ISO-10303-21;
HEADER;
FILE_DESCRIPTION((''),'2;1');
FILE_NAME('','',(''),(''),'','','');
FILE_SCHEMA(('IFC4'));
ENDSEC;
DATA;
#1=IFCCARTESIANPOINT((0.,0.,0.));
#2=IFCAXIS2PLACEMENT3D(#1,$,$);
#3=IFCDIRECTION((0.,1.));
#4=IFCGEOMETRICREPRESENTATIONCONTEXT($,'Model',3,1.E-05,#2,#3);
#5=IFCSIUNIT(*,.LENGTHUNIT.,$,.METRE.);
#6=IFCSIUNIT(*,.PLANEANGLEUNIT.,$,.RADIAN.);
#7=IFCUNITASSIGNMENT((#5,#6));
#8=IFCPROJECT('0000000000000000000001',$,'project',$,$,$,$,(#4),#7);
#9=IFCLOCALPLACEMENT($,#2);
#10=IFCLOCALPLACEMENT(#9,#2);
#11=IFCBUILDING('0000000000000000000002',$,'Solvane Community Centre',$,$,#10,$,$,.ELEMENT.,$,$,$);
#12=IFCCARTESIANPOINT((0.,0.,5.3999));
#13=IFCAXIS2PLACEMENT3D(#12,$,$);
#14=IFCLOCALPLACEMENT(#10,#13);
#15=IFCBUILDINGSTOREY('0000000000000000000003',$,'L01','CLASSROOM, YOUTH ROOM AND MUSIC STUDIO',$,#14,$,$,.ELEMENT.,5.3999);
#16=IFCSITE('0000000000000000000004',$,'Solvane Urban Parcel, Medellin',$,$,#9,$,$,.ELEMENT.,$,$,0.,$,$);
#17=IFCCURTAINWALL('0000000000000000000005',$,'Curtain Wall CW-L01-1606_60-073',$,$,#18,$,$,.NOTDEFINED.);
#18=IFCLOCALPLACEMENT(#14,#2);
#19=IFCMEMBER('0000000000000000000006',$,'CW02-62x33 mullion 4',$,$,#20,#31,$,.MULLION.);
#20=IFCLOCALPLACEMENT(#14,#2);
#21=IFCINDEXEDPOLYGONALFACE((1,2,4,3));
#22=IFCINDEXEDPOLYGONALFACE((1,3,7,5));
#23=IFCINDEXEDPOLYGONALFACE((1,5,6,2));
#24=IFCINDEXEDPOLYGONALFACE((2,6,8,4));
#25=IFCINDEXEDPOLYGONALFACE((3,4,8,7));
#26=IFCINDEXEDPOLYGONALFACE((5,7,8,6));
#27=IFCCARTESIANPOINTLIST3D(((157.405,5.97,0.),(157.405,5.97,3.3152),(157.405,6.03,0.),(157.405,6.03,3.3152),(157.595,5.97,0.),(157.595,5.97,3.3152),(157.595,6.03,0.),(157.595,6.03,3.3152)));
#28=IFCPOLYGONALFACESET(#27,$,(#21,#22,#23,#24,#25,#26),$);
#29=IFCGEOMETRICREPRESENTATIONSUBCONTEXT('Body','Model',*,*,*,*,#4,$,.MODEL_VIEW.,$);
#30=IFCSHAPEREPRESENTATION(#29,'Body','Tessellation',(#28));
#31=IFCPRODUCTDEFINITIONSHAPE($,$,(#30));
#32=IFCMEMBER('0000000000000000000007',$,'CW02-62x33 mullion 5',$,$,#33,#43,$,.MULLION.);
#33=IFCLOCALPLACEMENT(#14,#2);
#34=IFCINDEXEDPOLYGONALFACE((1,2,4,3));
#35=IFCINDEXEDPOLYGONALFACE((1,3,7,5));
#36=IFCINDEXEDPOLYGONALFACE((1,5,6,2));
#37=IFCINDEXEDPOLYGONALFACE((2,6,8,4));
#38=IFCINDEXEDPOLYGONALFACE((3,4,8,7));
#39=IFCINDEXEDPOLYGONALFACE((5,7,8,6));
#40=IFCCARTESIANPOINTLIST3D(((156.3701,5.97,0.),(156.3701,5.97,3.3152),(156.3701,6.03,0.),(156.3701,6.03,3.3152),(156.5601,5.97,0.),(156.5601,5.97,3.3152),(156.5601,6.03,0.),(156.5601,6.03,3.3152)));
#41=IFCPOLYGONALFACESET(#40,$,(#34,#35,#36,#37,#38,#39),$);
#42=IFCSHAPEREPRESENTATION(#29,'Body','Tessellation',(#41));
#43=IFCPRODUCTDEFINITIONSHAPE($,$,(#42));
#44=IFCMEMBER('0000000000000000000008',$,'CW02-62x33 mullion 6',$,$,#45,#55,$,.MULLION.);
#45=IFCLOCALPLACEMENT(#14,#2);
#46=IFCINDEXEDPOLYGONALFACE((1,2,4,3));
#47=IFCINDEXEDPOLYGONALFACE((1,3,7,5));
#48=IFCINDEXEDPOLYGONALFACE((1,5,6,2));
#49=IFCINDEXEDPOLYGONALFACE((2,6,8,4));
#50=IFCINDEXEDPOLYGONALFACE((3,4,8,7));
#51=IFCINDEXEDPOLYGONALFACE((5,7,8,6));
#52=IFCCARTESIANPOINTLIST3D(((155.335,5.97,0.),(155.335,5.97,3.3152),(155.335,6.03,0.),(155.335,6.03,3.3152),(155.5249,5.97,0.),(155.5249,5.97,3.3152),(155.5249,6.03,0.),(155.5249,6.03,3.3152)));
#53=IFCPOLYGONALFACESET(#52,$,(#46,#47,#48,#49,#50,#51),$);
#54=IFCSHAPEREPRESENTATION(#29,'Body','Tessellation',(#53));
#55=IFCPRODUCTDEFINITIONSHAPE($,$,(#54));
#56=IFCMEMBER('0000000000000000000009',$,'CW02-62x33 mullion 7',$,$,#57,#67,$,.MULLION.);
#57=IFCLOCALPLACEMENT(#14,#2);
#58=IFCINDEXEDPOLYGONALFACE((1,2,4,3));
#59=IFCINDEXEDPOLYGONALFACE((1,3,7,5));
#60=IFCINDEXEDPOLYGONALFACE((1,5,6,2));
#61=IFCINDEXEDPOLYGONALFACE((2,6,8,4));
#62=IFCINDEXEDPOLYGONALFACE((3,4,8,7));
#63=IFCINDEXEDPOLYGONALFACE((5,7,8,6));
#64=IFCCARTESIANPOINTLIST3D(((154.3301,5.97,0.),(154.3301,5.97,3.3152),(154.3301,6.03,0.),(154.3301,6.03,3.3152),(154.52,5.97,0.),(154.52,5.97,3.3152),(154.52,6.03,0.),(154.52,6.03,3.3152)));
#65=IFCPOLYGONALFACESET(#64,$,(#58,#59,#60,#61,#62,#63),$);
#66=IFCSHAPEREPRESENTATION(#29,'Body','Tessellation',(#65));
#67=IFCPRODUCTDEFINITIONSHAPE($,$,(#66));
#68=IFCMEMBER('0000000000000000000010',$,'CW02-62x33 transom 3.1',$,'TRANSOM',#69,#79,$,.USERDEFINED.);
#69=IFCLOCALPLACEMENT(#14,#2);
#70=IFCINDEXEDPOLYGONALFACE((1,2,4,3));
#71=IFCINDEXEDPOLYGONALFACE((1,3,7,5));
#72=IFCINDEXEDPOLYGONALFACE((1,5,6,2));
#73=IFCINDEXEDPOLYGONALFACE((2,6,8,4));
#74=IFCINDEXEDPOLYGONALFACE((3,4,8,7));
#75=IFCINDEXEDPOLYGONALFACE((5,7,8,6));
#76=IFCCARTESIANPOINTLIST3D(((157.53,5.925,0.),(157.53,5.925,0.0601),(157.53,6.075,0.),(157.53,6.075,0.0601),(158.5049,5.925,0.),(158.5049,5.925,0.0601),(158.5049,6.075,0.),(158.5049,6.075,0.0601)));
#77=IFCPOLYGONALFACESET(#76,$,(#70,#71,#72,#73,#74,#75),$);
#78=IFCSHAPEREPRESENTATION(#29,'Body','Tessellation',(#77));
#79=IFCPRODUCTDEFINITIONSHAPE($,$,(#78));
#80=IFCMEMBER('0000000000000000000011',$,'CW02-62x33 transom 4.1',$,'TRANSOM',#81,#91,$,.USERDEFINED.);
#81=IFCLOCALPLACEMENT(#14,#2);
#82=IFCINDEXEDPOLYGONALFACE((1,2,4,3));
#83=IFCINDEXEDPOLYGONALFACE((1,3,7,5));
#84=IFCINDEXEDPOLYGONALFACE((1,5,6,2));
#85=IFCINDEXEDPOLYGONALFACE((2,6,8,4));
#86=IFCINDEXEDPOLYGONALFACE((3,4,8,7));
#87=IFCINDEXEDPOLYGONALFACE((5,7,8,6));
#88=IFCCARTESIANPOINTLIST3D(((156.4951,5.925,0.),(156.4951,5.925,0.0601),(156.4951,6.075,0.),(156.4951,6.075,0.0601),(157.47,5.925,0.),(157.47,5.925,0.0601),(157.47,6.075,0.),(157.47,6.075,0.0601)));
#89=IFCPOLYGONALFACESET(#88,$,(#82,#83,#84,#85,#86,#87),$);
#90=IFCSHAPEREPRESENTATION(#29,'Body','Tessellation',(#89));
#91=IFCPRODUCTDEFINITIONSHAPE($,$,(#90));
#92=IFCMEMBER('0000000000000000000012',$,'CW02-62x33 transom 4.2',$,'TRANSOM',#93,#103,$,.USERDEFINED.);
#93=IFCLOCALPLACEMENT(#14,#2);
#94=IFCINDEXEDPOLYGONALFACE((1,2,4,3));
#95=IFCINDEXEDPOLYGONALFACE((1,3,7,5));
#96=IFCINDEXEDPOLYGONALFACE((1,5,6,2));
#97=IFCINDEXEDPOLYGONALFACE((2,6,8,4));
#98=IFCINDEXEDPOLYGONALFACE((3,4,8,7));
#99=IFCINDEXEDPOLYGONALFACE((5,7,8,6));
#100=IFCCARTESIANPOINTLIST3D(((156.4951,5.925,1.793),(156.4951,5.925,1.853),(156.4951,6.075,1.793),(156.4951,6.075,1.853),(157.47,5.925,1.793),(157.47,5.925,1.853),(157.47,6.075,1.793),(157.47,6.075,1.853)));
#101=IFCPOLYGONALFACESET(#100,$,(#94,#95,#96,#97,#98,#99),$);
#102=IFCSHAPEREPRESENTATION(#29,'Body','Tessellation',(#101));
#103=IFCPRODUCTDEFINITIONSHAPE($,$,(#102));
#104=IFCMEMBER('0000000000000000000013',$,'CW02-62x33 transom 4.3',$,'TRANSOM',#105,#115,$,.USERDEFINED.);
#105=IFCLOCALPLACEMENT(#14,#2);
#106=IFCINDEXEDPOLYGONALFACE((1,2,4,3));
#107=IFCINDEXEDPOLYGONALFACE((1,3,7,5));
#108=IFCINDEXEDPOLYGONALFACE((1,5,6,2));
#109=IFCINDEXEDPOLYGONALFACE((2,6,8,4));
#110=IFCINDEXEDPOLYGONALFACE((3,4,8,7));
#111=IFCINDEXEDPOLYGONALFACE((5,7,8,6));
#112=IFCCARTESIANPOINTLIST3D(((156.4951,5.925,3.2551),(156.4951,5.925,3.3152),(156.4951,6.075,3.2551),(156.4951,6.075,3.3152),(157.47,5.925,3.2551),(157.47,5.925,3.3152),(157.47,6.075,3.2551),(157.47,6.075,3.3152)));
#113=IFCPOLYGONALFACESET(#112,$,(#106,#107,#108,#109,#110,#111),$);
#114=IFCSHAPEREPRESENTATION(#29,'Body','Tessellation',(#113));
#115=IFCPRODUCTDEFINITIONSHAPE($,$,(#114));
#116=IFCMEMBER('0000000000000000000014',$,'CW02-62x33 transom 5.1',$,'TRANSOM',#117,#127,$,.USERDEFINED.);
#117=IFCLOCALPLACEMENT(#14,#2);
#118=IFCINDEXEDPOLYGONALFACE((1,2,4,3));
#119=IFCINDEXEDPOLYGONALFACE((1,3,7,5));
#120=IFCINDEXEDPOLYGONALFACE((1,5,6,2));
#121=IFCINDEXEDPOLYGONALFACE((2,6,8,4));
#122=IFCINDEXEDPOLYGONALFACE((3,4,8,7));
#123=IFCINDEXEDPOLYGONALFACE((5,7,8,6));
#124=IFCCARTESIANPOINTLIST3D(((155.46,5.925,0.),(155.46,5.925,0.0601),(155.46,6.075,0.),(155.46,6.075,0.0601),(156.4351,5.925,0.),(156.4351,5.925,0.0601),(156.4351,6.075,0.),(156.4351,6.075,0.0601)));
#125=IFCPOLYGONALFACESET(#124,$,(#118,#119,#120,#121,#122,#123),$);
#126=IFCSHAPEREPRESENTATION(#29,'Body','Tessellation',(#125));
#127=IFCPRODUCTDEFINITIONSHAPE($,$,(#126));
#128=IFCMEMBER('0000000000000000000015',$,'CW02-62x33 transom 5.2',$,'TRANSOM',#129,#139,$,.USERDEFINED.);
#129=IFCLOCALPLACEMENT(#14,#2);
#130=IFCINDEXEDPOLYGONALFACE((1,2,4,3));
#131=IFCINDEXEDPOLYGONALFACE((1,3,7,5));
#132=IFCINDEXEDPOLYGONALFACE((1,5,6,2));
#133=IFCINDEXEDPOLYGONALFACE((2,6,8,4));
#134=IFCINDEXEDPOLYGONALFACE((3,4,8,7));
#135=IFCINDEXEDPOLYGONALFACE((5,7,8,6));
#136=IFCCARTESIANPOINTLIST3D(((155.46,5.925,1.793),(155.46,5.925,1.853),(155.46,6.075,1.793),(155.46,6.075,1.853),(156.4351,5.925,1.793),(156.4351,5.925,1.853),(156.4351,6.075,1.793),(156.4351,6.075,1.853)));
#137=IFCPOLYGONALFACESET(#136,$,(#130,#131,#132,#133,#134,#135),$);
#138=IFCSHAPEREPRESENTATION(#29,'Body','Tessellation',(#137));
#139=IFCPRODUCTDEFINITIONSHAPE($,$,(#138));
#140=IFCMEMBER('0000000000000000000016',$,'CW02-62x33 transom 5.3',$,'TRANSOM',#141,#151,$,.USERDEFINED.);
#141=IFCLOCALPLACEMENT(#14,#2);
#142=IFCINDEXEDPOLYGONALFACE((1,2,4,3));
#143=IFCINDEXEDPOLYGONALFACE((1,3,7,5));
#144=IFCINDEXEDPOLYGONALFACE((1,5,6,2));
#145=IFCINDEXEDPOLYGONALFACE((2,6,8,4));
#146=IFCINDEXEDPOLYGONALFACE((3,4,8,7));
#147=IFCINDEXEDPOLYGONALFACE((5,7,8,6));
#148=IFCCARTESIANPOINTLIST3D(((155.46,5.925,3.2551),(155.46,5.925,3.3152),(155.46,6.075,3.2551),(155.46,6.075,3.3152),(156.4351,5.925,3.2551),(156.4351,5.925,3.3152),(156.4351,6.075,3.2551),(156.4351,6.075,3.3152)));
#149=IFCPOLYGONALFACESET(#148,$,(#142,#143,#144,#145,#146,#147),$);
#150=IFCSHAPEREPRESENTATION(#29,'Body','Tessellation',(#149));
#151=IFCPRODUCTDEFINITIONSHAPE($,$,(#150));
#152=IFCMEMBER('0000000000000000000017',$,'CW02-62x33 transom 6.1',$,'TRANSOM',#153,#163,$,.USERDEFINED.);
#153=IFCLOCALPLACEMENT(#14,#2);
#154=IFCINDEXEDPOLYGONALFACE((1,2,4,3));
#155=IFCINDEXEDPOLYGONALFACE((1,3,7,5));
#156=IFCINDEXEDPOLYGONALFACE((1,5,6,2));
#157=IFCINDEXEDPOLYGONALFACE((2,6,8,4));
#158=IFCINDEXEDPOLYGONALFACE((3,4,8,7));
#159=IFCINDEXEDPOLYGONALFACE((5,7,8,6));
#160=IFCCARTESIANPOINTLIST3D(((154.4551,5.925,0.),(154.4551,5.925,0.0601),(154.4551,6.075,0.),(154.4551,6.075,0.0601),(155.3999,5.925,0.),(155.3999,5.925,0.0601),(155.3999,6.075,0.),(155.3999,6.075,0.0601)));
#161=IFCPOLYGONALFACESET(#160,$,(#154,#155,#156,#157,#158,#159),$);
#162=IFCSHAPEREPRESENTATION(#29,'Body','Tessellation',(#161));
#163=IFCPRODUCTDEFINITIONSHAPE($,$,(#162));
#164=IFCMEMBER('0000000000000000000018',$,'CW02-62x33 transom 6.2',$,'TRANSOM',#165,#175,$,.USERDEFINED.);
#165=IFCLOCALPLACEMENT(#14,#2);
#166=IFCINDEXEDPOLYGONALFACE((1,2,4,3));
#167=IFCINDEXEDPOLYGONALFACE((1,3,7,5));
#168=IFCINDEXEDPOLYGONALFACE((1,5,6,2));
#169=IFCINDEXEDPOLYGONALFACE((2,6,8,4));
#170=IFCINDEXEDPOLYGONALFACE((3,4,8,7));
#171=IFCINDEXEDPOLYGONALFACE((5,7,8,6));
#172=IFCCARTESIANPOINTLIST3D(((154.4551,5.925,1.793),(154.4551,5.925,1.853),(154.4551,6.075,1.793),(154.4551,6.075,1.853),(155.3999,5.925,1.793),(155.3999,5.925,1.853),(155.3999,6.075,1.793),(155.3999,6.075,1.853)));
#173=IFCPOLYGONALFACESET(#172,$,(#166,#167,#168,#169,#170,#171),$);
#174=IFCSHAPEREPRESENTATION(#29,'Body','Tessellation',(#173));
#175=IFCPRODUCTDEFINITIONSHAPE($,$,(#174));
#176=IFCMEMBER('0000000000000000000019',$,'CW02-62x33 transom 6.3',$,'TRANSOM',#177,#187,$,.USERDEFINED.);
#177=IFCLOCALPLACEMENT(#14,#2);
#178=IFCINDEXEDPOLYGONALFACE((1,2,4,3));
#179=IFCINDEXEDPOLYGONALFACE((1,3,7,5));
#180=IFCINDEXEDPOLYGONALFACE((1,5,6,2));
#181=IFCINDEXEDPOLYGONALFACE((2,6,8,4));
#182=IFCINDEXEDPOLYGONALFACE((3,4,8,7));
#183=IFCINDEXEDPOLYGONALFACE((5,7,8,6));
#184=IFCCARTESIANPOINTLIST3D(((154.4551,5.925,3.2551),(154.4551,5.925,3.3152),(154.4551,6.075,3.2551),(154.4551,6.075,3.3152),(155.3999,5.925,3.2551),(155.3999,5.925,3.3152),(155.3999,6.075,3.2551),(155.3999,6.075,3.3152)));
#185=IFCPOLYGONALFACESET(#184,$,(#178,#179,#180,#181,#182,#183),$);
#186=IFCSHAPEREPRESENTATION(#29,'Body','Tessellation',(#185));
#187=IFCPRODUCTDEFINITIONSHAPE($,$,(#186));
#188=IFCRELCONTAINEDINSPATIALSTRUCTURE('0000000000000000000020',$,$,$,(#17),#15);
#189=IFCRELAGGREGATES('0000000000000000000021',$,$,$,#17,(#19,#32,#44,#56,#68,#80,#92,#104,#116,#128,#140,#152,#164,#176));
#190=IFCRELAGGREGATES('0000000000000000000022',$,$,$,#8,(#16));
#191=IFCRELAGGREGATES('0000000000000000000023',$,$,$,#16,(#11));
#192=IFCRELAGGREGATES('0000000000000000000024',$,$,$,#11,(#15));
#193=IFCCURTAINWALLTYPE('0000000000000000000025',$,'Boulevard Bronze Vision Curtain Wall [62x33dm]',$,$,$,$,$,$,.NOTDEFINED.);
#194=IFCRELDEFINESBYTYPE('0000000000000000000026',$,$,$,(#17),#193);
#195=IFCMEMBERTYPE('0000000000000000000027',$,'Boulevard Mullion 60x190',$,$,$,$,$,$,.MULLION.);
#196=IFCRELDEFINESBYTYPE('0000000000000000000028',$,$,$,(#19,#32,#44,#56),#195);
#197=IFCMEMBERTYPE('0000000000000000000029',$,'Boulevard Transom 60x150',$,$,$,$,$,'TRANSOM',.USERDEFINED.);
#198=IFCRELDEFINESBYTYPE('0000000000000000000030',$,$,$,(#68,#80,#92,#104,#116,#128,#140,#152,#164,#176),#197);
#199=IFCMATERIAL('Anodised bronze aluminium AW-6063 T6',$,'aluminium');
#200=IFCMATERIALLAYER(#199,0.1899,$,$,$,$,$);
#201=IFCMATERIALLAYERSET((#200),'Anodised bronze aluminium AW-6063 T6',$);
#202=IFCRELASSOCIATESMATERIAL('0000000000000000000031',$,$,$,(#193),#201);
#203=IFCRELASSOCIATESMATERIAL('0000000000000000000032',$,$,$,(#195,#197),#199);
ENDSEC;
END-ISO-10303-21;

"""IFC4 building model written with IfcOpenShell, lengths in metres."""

from ifc_helpers import new_model, si_unit, direction, frame, origin, origin_2d, place, context, subcontext, project, spatial, rectangle, extrude, material, layer, layer_set, material_profile, profile_set, type_object, element, aggregate, save


model = new_model("IFC4")

# Units and contexts
model_context = context("Model", 3, precision=1e-05, world=origin(), true_north=direction((0.0, 1.0)))
body_context = subcontext(model_context, "Body", "Model", "MODEL_VIEW")
ifc_project = project(units=[si_unit("LENGTHUNIT", "METRE"), si_unit("PLANEANGLEUNIT", "RADIAN")], contexts=[model_context])

# Site, building, storey
site_placement = place(None, origin())
site = spatial("IfcSite", under=ifc_project, at=site_placement, Name="Solvane Urban Parcel, Medellin", CompositionType="ELEMENT", RefElevation=0.0)
building_placement = place(site_placement, origin())
building = spatial("IfcBuilding", under=site, at=building_placement, Name="Solvane Community Centre", CompositionType="ELEMENT")
storey_placement = place(building_placement, frame((0.0, 0.0, 5.3999)))
storey = spatial("IfcBuildingStorey", under=building, at=storey_placement, Name="L01", Description="CLASSROOM, YOUTH ROOM AND MUSIC STUDIO", CompositionType="ELEMENT", Elevation=5.3999)

# Curtain wall, members
ifc_material_1 = material(Name="Anodised bronze aluminium AW-6063 T6", Category="aluminium")
ifc_layer_1 = layer(ifc_material_1, 0.1899)
ifc_layer_set_1 = layer_set([ifc_layer_1], Name="Anodised bronze aluminium AW-6063 T6")
curtain_wall_type = type_object("IfcCurtainWallType", Name="Boulevard Bronze Vision Curtain Wall [62x33dm]", PredefinedType="NOTDEFINED", material=ifc_layer_set_1)
curtain_wall_placement = place(storey_placement, origin())
curtain_wall = element("IfcCurtainWall", 1, at=curtain_wall_placement, inside=storey, type_object=curtain_wall_type, Name="Curtain Wall CW-L01-1606_60-073", PredefinedType="NOTDEFINED")
ifc_material_profile_1 = material_profile(ifc_material_1, rectangle(XDim=0.0601, YDim=0.1899, at=origin_2d()), Name="CW-M 60x190")
ifc_profile_set_1 = profile_set([ifc_material_profile_1], Name="Anodised bronze aluminium AW-6063 T6")
member_type_1 = type_object("IfcMemberType", Name="Boulevard Mullion 60x190", PredefinedType="MULLION", material=ifc_profile_set_1)
member_1_placement = place(storey_placement, frame((157.5, 6.0, 0.0), z_axis=(0.0, 0.0, 1.0), x_axis=(0.0, -1.0, 0.0)))
member_1 = element("IfcMember", 2, at=member_1_placement, type_object=member_type_1, Name="CW02-62x33 mullion 4", PredefinedType="MULLION", context=body_context, shape_type="SweptSolid", body=[
    extrude(rectangle(XDim=0.0601, YDim=0.1899, at=origin_2d()), origin(), (0.0, 0.0, 1.0), 3.3152),
])
member_2_placement = place(storey_placement, frame((156.4651, 6.0, 0.0), z_axis=(0.0, 0.0, 1.0), x_axis=(0.0, -1.0, 0.0)))
member_2 = element("IfcMember", 3, at=member_2_placement, type_object=member_type_1, Name="CW02-62x33 mullion 5", PredefinedType="MULLION", context=body_context, shape_type="SweptSolid", body=[
    extrude(rectangle(XDim=0.0601, YDim=0.1899, at=origin_2d()), origin(), (0.0, 0.0, 1.0), 3.3152),
])
member_3_placement = place(storey_placement, frame((155.4299, 6.0, 0.0), z_axis=(0.0, 0.0, 1.0), x_axis=(0.0, -1.0, 0.0)))
member_3 = element("IfcMember", 4, at=member_3_placement, type_object=member_type_1, Name="CW02-62x33 mullion 6", PredefinedType="MULLION", context=body_context, shape_type="SweptSolid", body=[
    extrude(rectangle(XDim=0.0601, YDim=0.1899, at=origin_2d()), origin(), (0.0, 0.0, 1.0), 3.3152),
])
member_4_placement = place(storey_placement, frame((154.425, 6.0, 0.0), z_axis=(0.0, 0.0, 1.0), x_axis=(0.0, -1.0, 0.0)))
member_4 = element("IfcMember", 5, at=member_4_placement, type_object=member_type_1, Name="CW02-62x33 mullion 7", PredefinedType="MULLION", context=body_context, shape_type="SweptSolid", body=[
    extrude(rectangle(XDim=0.0601, YDim=0.1899, at=origin_2d()), origin(), (0.0, 0.0, 1.0), 3.3152),
])
ifc_material_profile_2 = material_profile(ifc_material_1, rectangle(XDim=0.1499, YDim=0.0601, at=origin_2d()), Name="CW-T 60x150")
ifc_profile_set_2 = profile_set([ifc_material_profile_2], Name="Anodised bronze aluminium AW-6063 T6")
member_type_2 = type_object("IfcMemberType", Name="Boulevard Transom 60x150", ElementType="TRANSOM", PredefinedType="USERDEFINED", material=ifc_profile_set_2)
member_5_placement = place(storey_placement, frame((158.5049, 6.0, 0.03), z_axis=(-1.0, 0.0, 0.0), x_axis=(0.0, -1.0, 0.0)))
member_5 = element("IfcMember", 6, at=member_5_placement, type_object=member_type_2, Name="CW02-62x33 transom 3.1", ObjectType="TRANSOM", PredefinedType="USERDEFINED", context=body_context, shape_type="SweptSolid", body=[
    extrude(rectangle(XDim=0.1499, YDim=0.0601, at=origin_2d()), origin(), (0.0, 0.0, 1.0), 0.9749),
])
member_6_placement = place(storey_placement, frame((157.47, 6.0, 0.03), z_axis=(-1.0, 0.0, 0.0), x_axis=(0.0, -1.0, 0.0)))
member_6 = element("IfcMember", 7, at=member_6_placement, type_object=member_type_2, Name="CW02-62x33 transom 4.1", ObjectType="TRANSOM", PredefinedType="USERDEFINED", context=body_context, shape_type="SweptSolid", body=[
    extrude(rectangle(XDim=0.1499, YDim=0.0601, at=origin_2d()), origin(), (0.0, 0.0, 1.0), 0.9749),
])
member_7_placement = place(storey_placement, frame((157.47, 6.0, 1.823), z_axis=(-1.0, 0.0, 0.0), x_axis=(0.0, -1.0, 0.0)))
member_7 = element("IfcMember", 8, at=member_7_placement, type_object=member_type_2, Name="CW02-62x33 transom 4.2", ObjectType="TRANSOM", PredefinedType="USERDEFINED", context=body_context, shape_type="SweptSolid", body=[
    extrude(rectangle(XDim=0.1499, YDim=0.0601, at=origin_2d()), origin(), (0.0, 0.0, 1.0), 0.9749),
])
member_8_placement = place(storey_placement, frame((157.47, 6.0, 3.2852), z_axis=(-1.0, 0.0, 0.0), x_axis=(0.0, -1.0, 0.0)))
member_8 = element("IfcMember", 9, at=member_8_placement, type_object=member_type_2, Name="CW02-62x33 transom 4.3", ObjectType="TRANSOM", PredefinedType="USERDEFINED", context=body_context, shape_type="SweptSolid", body=[
    extrude(rectangle(XDim=0.1499, YDim=0.0601, at=origin_2d()), origin(), (0.0, 0.0, 1.0), 0.9749),
])
member_9_placement = place(storey_placement, frame((156.4351, 6.0, 0.03), z_axis=(-1.0, 0.0, 0.0), x_axis=(0.0, -1.0, 0.0)))
member_9 = element("IfcMember", 10, at=member_9_placement, type_object=member_type_2, Name="CW02-62x33 transom 5.1", ObjectType="TRANSOM", PredefinedType="USERDEFINED", context=body_context, shape_type="SweptSolid", body=[
    extrude(rectangle(XDim=0.1499, YDim=0.0601, at=origin_2d()), origin(), (0.0, 0.0, 1.0), 0.9751),
])
member_10_placement = place(storey_placement, frame((156.4351, 6.0, 1.823), z_axis=(-1.0, 0.0, 0.0), x_axis=(0.0, -1.0, 0.0)))
member_10 = element("IfcMember", 11, at=member_10_placement, type_object=member_type_2, Name="CW02-62x33 transom 5.2", ObjectType="TRANSOM", PredefinedType="USERDEFINED", context=body_context, shape_type="SweptSolid", body=[
    extrude(rectangle(XDim=0.1499, YDim=0.0601, at=origin_2d()), origin(), (0.0, 0.0, 1.0), 0.9751),
])
member_11_placement = place(storey_placement, frame((156.4351, 6.0, 3.2852), z_axis=(-1.0, 0.0, 0.0), x_axis=(0.0, -1.0, 0.0)))
member_11 = element("IfcMember", 12, at=member_11_placement, type_object=member_type_2, Name="CW02-62x33 transom 5.3", ObjectType="TRANSOM", PredefinedType="USERDEFINED", context=body_context, shape_type="SweptSolid", body=[
    extrude(rectangle(XDim=0.1499, YDim=0.0601, at=origin_2d()), origin(), (0.0, 0.0, 1.0), 0.9751),
])
member_12_placement = place(storey_placement, frame((155.3999, 6.0, 0.03), z_axis=(-1.0, 0.0, 0.0), x_axis=(0.0, -1.0, 0.0)))
member_12 = element("IfcMember", 13, at=member_12_placement, type_object=member_type_2, Name="CW02-62x33 transom 6.1", ObjectType="TRANSOM", PredefinedType="USERDEFINED", context=body_context, shape_type="SweptSolid", body=[
    extrude(rectangle(XDim=0.1499, YDim=0.0601, at=origin_2d()), origin(), (0.0, 0.0, 1.0), 0.9448),
])
member_13_placement = place(storey_placement, frame((155.3999, 6.0, 1.823), z_axis=(-1.0, 0.0, 0.0), x_axis=(0.0, -1.0, 0.0)))
member_13 = element("IfcMember", 14, at=member_13_placement, type_object=member_type_2, Name="CW02-62x33 transom 6.2", ObjectType="TRANSOM", PredefinedType="USERDEFINED", context=body_context, shape_type="SweptSolid", body=[
    extrude(rectangle(XDim=0.1499, YDim=0.0601, at=origin_2d()), origin(), (0.0, 0.0, 1.0), 0.9448),
])
member_14_placement = place(storey_placement, frame((155.3999, 6.0, 3.2852), z_axis=(-1.0, 0.0, 0.0), x_axis=(0.0, -1.0, 0.0)))
member_14 = element("IfcMember", 15, at=member_14_placement, type_object=member_type_2, Name="CW02-62x33 transom 6.3", ObjectType="TRANSOM", PredefinedType="USERDEFINED", context=body_context, shape_type="SweptSolid", body=[
    extrude(rectangle(XDim=0.1499, YDim=0.0601, at=origin_2d()), origin(), (0.0, 0.0, 1.0), 0.9448),
])
aggregate(curtain_wall, [member_1, member_2, member_3, member_4, member_5, member_6, member_7, member_8, member_9, member_10, member_11, member_12, member_13, member_14])

save(model, "model.ifc")
